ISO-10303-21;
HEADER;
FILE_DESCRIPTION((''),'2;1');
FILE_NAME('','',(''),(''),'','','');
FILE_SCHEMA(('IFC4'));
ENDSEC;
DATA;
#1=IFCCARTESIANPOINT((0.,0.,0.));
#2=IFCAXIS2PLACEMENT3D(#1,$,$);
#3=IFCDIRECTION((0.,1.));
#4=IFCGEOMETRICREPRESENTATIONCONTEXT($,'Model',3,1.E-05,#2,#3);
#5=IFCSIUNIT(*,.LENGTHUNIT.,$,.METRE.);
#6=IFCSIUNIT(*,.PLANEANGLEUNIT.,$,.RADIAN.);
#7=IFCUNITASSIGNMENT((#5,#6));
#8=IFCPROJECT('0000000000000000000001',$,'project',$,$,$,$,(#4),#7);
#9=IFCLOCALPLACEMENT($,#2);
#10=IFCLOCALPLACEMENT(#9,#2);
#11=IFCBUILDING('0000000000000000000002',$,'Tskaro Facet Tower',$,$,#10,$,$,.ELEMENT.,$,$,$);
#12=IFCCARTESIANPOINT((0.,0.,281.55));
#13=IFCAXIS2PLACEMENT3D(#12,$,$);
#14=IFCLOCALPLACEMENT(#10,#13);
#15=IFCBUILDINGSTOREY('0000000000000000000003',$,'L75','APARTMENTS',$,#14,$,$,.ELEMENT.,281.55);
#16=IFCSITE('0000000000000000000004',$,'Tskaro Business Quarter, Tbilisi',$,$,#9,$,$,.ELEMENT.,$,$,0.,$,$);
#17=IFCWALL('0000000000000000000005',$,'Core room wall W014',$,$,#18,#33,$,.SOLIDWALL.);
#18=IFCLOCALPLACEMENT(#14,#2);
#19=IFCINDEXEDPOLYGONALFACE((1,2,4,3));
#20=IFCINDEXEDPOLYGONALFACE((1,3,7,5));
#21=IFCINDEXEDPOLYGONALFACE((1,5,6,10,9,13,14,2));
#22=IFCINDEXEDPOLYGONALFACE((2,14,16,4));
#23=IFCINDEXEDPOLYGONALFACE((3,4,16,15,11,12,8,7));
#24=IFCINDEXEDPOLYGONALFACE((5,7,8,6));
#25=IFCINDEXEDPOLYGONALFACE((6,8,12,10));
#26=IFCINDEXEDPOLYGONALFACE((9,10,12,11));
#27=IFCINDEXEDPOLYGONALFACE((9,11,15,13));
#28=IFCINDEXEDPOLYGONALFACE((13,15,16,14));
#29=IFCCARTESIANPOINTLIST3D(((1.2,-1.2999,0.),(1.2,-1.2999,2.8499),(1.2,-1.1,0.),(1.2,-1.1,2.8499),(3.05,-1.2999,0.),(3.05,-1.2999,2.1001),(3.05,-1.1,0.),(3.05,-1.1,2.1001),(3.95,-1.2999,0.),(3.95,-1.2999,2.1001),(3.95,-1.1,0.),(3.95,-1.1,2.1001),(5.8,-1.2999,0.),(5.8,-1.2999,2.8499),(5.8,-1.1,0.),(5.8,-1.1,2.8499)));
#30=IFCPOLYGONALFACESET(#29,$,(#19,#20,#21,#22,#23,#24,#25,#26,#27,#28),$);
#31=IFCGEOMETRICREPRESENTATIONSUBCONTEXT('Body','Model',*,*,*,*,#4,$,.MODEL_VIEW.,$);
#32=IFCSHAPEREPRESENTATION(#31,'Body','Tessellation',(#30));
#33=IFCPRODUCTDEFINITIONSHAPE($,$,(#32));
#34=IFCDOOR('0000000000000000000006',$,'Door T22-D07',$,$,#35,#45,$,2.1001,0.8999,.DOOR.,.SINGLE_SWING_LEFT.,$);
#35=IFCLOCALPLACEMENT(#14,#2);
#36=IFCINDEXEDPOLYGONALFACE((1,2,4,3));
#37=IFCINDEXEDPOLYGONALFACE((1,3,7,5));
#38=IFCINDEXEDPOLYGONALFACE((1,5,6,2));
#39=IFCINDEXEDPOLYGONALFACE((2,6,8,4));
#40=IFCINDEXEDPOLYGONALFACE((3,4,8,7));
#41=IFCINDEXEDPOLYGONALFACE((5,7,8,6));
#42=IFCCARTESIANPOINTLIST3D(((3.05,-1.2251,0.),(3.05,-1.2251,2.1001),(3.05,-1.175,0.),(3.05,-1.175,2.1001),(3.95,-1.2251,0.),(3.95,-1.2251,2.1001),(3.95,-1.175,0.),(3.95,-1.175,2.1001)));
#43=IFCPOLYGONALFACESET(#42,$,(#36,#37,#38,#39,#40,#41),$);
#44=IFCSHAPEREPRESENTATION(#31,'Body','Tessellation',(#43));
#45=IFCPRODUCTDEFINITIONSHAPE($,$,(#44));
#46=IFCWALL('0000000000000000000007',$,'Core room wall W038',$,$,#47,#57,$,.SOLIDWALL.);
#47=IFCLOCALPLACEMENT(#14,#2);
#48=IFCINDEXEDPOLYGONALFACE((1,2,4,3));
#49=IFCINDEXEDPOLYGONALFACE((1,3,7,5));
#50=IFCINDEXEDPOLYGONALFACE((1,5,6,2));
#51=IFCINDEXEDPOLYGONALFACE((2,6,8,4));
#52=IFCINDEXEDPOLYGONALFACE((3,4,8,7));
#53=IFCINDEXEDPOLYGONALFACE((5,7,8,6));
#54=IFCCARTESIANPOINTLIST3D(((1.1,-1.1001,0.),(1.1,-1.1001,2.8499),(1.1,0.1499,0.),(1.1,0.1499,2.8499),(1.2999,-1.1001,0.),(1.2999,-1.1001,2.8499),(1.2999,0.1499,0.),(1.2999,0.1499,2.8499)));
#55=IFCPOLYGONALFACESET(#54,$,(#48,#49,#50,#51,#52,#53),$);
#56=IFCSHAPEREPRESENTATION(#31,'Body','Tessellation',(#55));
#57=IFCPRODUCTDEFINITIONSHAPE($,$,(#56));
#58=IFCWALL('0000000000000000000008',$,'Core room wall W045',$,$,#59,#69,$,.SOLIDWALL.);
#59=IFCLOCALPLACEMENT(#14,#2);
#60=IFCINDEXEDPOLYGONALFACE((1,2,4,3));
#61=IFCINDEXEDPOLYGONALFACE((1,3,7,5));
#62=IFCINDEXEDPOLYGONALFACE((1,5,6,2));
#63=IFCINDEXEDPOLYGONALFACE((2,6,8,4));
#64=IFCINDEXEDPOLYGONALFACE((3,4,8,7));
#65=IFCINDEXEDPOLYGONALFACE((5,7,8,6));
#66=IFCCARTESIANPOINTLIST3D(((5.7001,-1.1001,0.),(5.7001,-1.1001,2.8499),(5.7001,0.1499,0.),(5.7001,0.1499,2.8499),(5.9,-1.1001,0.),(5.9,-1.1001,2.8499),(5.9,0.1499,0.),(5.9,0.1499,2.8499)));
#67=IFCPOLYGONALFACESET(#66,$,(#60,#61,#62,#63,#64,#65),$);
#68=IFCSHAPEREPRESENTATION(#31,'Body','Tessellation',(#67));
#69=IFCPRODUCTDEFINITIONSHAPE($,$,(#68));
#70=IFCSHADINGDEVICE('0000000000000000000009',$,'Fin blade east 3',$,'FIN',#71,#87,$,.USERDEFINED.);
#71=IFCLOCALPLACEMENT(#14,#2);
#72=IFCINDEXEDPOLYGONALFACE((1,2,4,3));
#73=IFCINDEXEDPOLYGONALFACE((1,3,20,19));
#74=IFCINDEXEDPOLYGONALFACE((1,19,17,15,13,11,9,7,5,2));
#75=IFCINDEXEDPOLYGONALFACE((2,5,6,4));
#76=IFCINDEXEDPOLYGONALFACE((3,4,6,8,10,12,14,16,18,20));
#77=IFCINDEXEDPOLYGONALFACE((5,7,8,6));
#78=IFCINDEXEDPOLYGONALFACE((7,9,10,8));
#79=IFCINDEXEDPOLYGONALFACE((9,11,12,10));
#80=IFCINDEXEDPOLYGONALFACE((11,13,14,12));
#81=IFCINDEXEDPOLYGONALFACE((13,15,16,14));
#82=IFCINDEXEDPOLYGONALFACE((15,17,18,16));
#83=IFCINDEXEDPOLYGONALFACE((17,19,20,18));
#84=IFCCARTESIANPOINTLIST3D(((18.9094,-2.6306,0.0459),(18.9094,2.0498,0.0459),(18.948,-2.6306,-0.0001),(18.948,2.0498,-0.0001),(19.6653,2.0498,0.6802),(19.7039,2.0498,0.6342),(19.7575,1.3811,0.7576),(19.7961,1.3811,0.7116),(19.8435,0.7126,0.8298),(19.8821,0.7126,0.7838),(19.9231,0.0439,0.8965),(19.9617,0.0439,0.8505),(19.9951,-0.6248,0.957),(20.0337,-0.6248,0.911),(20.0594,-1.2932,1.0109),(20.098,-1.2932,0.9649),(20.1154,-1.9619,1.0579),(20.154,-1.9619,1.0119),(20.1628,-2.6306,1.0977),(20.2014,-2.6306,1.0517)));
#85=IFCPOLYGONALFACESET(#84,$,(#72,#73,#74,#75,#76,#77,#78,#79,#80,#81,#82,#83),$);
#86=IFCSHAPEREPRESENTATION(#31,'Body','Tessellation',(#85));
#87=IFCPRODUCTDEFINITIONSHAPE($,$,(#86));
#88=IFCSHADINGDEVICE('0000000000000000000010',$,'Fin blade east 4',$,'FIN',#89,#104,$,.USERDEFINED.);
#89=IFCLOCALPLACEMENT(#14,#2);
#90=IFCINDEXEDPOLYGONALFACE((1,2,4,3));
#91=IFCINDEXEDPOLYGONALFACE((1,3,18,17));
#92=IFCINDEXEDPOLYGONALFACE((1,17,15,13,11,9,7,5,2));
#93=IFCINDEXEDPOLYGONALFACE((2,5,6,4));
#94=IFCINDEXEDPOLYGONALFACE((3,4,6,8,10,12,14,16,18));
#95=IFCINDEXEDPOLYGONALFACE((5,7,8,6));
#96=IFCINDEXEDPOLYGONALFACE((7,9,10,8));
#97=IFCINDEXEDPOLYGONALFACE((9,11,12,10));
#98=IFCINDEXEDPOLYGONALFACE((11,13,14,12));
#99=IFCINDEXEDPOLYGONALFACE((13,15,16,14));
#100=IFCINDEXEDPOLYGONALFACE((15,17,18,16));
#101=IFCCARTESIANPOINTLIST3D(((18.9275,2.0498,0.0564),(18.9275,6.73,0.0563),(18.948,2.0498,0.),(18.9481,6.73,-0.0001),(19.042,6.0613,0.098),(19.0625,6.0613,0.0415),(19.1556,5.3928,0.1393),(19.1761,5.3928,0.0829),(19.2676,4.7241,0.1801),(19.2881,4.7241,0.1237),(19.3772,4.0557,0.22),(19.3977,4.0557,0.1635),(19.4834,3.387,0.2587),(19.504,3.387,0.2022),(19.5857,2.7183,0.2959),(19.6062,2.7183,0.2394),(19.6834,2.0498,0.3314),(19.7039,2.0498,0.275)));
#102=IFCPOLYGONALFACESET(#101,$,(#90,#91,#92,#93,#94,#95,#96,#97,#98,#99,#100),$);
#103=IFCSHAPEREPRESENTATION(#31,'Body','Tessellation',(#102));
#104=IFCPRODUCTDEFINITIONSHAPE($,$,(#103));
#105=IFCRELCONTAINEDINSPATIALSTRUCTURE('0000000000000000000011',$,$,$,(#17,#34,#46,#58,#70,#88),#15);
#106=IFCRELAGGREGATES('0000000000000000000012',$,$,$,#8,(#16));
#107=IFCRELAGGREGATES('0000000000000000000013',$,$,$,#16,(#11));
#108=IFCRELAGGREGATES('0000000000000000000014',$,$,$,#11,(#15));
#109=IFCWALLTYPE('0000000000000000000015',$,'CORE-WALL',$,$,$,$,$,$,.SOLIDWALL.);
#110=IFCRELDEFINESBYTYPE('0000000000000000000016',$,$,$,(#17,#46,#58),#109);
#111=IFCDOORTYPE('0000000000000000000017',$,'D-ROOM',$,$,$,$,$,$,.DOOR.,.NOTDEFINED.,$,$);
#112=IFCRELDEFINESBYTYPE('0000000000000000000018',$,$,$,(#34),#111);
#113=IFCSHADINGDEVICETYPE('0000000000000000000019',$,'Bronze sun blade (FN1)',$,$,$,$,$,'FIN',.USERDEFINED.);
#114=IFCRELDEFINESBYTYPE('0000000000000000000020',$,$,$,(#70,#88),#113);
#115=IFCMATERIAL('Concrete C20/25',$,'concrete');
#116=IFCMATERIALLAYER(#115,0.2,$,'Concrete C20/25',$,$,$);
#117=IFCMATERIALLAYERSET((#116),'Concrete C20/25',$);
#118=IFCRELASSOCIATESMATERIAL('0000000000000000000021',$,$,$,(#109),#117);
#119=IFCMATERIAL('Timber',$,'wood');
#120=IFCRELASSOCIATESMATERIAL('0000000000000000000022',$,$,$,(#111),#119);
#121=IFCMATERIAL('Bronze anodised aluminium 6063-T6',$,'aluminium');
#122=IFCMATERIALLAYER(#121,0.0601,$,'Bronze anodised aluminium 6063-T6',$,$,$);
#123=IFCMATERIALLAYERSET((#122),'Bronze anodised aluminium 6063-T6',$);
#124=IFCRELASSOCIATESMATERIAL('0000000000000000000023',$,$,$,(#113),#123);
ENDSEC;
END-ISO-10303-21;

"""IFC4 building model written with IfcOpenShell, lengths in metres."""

from ifc_helpers import new_model, si_unit, direction, frame, frame_2d, origin, place, context, subcontext, project, spatial, polyline, rectangle, outline, extrude, material, layer, layer_set, type_object, element, fill, save


model = new_model("IFC4")

# Units and contexts
model_context = context("Model", 3, precision=1e-05, world=origin(), true_north=direction((0.0, 1.0)))
body_context = subcontext(model_context, "Body", "Model", "MODEL_VIEW")
ifc_project = project(units=[si_unit("LENGTHUNIT", "METRE"), si_unit("PLANEANGLEUNIT", "RADIAN")], contexts=[model_context])

# Site, building, storey
site_placement = place(None, origin())
site = spatial("IfcSite", under=ifc_project, at=site_placement, Name="Tskaro Business Quarter, Tbilisi", CompositionType="ELEMENT", RefElevation=0.0)
building_placement = place(site_placement, origin())
building = spatial("IfcBuilding", under=site, at=building_placement, Name="Tskaro Facet Tower", CompositionType="ELEMENT")
storey_placement = place(building_placement, frame((0.0, 0.0, 281.55)))
storey = spatial("IfcBuildingStorey", under=building, at=storey_placement, Name="L75", Description="APARTMENTS", CompositionType="ELEMENT", Elevation=281.55)

# Shared definitions
ifc_material_1 = material(Name="Bronze anodised aluminium 6063-T6", Category="aluminium")

# Shared definitions
ifc_material_2 = material(Name="Concrete C20/25", Category="concrete")
ifc_layer_1 = layer(ifc_material_2, 0.2, Name="Concrete C20/25")
ifc_layer_set_1 = layer_set([ifc_layer_1], Name="Concrete C20/25")
wall_type_1 = type_object("IfcWallType", Name="CORE-WALL", PredefinedType="SOLIDWALL", material=ifc_layer_set_1)
ifc_material_3 = material(Name="Timber", Category="wood")
door_type_1 = type_object("IfcDoorType", Name="D-ROOM", OperationType="NOTDEFINED", PredefinedType="DOOR", material=ifc_material_3)

# Wall, opening, door
wall_1_placement = place(storey_placement, frame((1.2, -1.2, 0.0), z_axis=(0.0, 0.0, 1.0), x_axis=(1.0, 0.0, 0.0)))
wall_1 = element("IfcWall", 1, at=wall_1_placement, inside=storey, type_object=wall_type_1, Name="Core room wall W014", PredefinedType="SOLIDWALL", context=body_context, shape_type="SweptSolid", body=[
    extrude(rectangle(XDim=4.6001, YDim=0.2, at=frame_2d((2.3, 0.0))), origin(), (0.0, 0.0, 1.0), 2.8499),
])
opening_1_placement = place(wall_1_placement, frame((1.8501, 0.0, 0.0)))
opening_1 = element("IfcOpeningElement", 2, at=opening_1_placement, cuts=wall_1, PredefinedType="OPENING", context=body_context, shape_type="SweptSolid", body=[
    extrude(rectangle(XDim=0.8999, YDim=2.1001, at=frame_2d((0.45, 1.05))), frame((0.0, 0.1099, 0.0), z_axis=(0.0, -1.0, 0.0), x_axis=(1.0, 0.0, 0.0)), (0.0, 0.0, 1.0), 0.22),
])
door_1_placement = place(opening_1_placement, origin())
door_1 = element("IfcDoor", 3, at=door_1_placement, inside=storey, type_object=door_type_1, Name="Door T22-D07", OperationType="SINGLE_SWING_LEFT", OverallHeight=2.1001, OverallWidth=0.8999, PredefinedType="DOOR", context=body_context, shape_type="SweptSolid", body=[
    extrude(rectangle(XDim=0.8999, YDim=2.1001, at=frame_2d((0.45, 1.05))), frame((0.0, 0.0249, 0.0), z_axis=(0.0, -1.0, 0.0), x_axis=(1.0, 0.0, 0.0)), (0.0, 0.0, 1.0), 0.05),
])
fill(opening_1, door_1)

# Walls
for number, where, z_axis, x_axis, name in (
    (4, (1.2, -1.1001, 0.0), (0.0, 0.0, 1.0), (0.0, 1.0, 0.0), "Core room wall W038"),
    (5, (5.8, -1.1001, 0.0), (0.0, 0.0, 1.0), (0.0, 1.0, 0.0), "Core room wall W045"),
):
    element("IfcWall", number, at=place(storey_placement, frame(where, z_axis=z_axis, x_axis=x_axis)), inside=storey, type_object=wall_type_1, Name=name, PredefinedType="SOLIDWALL", context=body_context, shape_type="SweptSolid", body=[
        extrude(rectangle(XDim=1.25, YDim=0.2, at=frame_2d((0.625, 0.0))), origin(), (0.0, 0.0, 1.0), 2.8499),
    ])

# Shading devices
ifc_layer_2 = layer(ifc_material_1, 0.0601, Name="Bronze anodised aluminium 6063-T6")
ifc_layer_set_2 = layer_set([ifc_layer_2], Name="Bronze anodised aluminium 6063-T6")
shading_device_type = type_object("IfcShadingDeviceType", Name="Bronze sun blade (FN1)", ElementType="FIN", PredefinedType="USERDEFINED", material=ifc_layer_set_2)
shading_device_1_placement = place(storey_placement, frame((18.9094, -2.6306, 0.0459), z_axis=(-0.642817, -0.000006, 0.76602), x_axis=(-0.000004, 1.0, 0.000005)))
element("IfcShadingDevice", 6, at=shading_device_1_placement, inside=storey, type_object=shading_device_type, Name="Fin blade east 3", ObjectType="FIN", PredefinedType="USERDEFINED", context=body_context, shape_type="SweptSolid", body=[
    extrude(outline(polyline([(0.0, 0.0), (4.6804, 0.0), (4.6804, -0.9867), (4.0117, -1.1072), (3.3433, -1.2195), (2.6746, -1.3233), (2.0059, -1.4174), (1.3374, -1.5012), (0.6687, -1.5744), (0.0, -1.6362), (0.0, 0.0)])), origin(), (0.0, 0.0, -1.0), 0.0601),
])
shading_device_2_placement = place(storey_placement, frame((18.9275, 2.0498, 0.0564), z_axis=(-0.341943, 0.000022, 0.939721), x_axis=(0.000007, 1.0, -0.00002)))
element("IfcShadingDevice", 7, at=shading_device_2_placement, inside=storey, type_object=shading_device_type, Name="Fin blade east 4", ObjectType="FIN", PredefinedType="USERDEFINED", context=body_context, shape_type="SweptSolid", body=[
    extrude(outline(polyline([(0.0, 0.0), (4.6802, 0.0), (4.0115, -0.1218), (3.343, -0.2427), (2.6743, -0.3619), (2.0059, -0.4785), (1.3372, -0.5916), (0.6685, -0.7004), (0.0, -0.8044), (0.0, 0.0)])), origin(), (0.0, 0.0, -1.0), 0.0601),
])

save(model, "model.ifc")
